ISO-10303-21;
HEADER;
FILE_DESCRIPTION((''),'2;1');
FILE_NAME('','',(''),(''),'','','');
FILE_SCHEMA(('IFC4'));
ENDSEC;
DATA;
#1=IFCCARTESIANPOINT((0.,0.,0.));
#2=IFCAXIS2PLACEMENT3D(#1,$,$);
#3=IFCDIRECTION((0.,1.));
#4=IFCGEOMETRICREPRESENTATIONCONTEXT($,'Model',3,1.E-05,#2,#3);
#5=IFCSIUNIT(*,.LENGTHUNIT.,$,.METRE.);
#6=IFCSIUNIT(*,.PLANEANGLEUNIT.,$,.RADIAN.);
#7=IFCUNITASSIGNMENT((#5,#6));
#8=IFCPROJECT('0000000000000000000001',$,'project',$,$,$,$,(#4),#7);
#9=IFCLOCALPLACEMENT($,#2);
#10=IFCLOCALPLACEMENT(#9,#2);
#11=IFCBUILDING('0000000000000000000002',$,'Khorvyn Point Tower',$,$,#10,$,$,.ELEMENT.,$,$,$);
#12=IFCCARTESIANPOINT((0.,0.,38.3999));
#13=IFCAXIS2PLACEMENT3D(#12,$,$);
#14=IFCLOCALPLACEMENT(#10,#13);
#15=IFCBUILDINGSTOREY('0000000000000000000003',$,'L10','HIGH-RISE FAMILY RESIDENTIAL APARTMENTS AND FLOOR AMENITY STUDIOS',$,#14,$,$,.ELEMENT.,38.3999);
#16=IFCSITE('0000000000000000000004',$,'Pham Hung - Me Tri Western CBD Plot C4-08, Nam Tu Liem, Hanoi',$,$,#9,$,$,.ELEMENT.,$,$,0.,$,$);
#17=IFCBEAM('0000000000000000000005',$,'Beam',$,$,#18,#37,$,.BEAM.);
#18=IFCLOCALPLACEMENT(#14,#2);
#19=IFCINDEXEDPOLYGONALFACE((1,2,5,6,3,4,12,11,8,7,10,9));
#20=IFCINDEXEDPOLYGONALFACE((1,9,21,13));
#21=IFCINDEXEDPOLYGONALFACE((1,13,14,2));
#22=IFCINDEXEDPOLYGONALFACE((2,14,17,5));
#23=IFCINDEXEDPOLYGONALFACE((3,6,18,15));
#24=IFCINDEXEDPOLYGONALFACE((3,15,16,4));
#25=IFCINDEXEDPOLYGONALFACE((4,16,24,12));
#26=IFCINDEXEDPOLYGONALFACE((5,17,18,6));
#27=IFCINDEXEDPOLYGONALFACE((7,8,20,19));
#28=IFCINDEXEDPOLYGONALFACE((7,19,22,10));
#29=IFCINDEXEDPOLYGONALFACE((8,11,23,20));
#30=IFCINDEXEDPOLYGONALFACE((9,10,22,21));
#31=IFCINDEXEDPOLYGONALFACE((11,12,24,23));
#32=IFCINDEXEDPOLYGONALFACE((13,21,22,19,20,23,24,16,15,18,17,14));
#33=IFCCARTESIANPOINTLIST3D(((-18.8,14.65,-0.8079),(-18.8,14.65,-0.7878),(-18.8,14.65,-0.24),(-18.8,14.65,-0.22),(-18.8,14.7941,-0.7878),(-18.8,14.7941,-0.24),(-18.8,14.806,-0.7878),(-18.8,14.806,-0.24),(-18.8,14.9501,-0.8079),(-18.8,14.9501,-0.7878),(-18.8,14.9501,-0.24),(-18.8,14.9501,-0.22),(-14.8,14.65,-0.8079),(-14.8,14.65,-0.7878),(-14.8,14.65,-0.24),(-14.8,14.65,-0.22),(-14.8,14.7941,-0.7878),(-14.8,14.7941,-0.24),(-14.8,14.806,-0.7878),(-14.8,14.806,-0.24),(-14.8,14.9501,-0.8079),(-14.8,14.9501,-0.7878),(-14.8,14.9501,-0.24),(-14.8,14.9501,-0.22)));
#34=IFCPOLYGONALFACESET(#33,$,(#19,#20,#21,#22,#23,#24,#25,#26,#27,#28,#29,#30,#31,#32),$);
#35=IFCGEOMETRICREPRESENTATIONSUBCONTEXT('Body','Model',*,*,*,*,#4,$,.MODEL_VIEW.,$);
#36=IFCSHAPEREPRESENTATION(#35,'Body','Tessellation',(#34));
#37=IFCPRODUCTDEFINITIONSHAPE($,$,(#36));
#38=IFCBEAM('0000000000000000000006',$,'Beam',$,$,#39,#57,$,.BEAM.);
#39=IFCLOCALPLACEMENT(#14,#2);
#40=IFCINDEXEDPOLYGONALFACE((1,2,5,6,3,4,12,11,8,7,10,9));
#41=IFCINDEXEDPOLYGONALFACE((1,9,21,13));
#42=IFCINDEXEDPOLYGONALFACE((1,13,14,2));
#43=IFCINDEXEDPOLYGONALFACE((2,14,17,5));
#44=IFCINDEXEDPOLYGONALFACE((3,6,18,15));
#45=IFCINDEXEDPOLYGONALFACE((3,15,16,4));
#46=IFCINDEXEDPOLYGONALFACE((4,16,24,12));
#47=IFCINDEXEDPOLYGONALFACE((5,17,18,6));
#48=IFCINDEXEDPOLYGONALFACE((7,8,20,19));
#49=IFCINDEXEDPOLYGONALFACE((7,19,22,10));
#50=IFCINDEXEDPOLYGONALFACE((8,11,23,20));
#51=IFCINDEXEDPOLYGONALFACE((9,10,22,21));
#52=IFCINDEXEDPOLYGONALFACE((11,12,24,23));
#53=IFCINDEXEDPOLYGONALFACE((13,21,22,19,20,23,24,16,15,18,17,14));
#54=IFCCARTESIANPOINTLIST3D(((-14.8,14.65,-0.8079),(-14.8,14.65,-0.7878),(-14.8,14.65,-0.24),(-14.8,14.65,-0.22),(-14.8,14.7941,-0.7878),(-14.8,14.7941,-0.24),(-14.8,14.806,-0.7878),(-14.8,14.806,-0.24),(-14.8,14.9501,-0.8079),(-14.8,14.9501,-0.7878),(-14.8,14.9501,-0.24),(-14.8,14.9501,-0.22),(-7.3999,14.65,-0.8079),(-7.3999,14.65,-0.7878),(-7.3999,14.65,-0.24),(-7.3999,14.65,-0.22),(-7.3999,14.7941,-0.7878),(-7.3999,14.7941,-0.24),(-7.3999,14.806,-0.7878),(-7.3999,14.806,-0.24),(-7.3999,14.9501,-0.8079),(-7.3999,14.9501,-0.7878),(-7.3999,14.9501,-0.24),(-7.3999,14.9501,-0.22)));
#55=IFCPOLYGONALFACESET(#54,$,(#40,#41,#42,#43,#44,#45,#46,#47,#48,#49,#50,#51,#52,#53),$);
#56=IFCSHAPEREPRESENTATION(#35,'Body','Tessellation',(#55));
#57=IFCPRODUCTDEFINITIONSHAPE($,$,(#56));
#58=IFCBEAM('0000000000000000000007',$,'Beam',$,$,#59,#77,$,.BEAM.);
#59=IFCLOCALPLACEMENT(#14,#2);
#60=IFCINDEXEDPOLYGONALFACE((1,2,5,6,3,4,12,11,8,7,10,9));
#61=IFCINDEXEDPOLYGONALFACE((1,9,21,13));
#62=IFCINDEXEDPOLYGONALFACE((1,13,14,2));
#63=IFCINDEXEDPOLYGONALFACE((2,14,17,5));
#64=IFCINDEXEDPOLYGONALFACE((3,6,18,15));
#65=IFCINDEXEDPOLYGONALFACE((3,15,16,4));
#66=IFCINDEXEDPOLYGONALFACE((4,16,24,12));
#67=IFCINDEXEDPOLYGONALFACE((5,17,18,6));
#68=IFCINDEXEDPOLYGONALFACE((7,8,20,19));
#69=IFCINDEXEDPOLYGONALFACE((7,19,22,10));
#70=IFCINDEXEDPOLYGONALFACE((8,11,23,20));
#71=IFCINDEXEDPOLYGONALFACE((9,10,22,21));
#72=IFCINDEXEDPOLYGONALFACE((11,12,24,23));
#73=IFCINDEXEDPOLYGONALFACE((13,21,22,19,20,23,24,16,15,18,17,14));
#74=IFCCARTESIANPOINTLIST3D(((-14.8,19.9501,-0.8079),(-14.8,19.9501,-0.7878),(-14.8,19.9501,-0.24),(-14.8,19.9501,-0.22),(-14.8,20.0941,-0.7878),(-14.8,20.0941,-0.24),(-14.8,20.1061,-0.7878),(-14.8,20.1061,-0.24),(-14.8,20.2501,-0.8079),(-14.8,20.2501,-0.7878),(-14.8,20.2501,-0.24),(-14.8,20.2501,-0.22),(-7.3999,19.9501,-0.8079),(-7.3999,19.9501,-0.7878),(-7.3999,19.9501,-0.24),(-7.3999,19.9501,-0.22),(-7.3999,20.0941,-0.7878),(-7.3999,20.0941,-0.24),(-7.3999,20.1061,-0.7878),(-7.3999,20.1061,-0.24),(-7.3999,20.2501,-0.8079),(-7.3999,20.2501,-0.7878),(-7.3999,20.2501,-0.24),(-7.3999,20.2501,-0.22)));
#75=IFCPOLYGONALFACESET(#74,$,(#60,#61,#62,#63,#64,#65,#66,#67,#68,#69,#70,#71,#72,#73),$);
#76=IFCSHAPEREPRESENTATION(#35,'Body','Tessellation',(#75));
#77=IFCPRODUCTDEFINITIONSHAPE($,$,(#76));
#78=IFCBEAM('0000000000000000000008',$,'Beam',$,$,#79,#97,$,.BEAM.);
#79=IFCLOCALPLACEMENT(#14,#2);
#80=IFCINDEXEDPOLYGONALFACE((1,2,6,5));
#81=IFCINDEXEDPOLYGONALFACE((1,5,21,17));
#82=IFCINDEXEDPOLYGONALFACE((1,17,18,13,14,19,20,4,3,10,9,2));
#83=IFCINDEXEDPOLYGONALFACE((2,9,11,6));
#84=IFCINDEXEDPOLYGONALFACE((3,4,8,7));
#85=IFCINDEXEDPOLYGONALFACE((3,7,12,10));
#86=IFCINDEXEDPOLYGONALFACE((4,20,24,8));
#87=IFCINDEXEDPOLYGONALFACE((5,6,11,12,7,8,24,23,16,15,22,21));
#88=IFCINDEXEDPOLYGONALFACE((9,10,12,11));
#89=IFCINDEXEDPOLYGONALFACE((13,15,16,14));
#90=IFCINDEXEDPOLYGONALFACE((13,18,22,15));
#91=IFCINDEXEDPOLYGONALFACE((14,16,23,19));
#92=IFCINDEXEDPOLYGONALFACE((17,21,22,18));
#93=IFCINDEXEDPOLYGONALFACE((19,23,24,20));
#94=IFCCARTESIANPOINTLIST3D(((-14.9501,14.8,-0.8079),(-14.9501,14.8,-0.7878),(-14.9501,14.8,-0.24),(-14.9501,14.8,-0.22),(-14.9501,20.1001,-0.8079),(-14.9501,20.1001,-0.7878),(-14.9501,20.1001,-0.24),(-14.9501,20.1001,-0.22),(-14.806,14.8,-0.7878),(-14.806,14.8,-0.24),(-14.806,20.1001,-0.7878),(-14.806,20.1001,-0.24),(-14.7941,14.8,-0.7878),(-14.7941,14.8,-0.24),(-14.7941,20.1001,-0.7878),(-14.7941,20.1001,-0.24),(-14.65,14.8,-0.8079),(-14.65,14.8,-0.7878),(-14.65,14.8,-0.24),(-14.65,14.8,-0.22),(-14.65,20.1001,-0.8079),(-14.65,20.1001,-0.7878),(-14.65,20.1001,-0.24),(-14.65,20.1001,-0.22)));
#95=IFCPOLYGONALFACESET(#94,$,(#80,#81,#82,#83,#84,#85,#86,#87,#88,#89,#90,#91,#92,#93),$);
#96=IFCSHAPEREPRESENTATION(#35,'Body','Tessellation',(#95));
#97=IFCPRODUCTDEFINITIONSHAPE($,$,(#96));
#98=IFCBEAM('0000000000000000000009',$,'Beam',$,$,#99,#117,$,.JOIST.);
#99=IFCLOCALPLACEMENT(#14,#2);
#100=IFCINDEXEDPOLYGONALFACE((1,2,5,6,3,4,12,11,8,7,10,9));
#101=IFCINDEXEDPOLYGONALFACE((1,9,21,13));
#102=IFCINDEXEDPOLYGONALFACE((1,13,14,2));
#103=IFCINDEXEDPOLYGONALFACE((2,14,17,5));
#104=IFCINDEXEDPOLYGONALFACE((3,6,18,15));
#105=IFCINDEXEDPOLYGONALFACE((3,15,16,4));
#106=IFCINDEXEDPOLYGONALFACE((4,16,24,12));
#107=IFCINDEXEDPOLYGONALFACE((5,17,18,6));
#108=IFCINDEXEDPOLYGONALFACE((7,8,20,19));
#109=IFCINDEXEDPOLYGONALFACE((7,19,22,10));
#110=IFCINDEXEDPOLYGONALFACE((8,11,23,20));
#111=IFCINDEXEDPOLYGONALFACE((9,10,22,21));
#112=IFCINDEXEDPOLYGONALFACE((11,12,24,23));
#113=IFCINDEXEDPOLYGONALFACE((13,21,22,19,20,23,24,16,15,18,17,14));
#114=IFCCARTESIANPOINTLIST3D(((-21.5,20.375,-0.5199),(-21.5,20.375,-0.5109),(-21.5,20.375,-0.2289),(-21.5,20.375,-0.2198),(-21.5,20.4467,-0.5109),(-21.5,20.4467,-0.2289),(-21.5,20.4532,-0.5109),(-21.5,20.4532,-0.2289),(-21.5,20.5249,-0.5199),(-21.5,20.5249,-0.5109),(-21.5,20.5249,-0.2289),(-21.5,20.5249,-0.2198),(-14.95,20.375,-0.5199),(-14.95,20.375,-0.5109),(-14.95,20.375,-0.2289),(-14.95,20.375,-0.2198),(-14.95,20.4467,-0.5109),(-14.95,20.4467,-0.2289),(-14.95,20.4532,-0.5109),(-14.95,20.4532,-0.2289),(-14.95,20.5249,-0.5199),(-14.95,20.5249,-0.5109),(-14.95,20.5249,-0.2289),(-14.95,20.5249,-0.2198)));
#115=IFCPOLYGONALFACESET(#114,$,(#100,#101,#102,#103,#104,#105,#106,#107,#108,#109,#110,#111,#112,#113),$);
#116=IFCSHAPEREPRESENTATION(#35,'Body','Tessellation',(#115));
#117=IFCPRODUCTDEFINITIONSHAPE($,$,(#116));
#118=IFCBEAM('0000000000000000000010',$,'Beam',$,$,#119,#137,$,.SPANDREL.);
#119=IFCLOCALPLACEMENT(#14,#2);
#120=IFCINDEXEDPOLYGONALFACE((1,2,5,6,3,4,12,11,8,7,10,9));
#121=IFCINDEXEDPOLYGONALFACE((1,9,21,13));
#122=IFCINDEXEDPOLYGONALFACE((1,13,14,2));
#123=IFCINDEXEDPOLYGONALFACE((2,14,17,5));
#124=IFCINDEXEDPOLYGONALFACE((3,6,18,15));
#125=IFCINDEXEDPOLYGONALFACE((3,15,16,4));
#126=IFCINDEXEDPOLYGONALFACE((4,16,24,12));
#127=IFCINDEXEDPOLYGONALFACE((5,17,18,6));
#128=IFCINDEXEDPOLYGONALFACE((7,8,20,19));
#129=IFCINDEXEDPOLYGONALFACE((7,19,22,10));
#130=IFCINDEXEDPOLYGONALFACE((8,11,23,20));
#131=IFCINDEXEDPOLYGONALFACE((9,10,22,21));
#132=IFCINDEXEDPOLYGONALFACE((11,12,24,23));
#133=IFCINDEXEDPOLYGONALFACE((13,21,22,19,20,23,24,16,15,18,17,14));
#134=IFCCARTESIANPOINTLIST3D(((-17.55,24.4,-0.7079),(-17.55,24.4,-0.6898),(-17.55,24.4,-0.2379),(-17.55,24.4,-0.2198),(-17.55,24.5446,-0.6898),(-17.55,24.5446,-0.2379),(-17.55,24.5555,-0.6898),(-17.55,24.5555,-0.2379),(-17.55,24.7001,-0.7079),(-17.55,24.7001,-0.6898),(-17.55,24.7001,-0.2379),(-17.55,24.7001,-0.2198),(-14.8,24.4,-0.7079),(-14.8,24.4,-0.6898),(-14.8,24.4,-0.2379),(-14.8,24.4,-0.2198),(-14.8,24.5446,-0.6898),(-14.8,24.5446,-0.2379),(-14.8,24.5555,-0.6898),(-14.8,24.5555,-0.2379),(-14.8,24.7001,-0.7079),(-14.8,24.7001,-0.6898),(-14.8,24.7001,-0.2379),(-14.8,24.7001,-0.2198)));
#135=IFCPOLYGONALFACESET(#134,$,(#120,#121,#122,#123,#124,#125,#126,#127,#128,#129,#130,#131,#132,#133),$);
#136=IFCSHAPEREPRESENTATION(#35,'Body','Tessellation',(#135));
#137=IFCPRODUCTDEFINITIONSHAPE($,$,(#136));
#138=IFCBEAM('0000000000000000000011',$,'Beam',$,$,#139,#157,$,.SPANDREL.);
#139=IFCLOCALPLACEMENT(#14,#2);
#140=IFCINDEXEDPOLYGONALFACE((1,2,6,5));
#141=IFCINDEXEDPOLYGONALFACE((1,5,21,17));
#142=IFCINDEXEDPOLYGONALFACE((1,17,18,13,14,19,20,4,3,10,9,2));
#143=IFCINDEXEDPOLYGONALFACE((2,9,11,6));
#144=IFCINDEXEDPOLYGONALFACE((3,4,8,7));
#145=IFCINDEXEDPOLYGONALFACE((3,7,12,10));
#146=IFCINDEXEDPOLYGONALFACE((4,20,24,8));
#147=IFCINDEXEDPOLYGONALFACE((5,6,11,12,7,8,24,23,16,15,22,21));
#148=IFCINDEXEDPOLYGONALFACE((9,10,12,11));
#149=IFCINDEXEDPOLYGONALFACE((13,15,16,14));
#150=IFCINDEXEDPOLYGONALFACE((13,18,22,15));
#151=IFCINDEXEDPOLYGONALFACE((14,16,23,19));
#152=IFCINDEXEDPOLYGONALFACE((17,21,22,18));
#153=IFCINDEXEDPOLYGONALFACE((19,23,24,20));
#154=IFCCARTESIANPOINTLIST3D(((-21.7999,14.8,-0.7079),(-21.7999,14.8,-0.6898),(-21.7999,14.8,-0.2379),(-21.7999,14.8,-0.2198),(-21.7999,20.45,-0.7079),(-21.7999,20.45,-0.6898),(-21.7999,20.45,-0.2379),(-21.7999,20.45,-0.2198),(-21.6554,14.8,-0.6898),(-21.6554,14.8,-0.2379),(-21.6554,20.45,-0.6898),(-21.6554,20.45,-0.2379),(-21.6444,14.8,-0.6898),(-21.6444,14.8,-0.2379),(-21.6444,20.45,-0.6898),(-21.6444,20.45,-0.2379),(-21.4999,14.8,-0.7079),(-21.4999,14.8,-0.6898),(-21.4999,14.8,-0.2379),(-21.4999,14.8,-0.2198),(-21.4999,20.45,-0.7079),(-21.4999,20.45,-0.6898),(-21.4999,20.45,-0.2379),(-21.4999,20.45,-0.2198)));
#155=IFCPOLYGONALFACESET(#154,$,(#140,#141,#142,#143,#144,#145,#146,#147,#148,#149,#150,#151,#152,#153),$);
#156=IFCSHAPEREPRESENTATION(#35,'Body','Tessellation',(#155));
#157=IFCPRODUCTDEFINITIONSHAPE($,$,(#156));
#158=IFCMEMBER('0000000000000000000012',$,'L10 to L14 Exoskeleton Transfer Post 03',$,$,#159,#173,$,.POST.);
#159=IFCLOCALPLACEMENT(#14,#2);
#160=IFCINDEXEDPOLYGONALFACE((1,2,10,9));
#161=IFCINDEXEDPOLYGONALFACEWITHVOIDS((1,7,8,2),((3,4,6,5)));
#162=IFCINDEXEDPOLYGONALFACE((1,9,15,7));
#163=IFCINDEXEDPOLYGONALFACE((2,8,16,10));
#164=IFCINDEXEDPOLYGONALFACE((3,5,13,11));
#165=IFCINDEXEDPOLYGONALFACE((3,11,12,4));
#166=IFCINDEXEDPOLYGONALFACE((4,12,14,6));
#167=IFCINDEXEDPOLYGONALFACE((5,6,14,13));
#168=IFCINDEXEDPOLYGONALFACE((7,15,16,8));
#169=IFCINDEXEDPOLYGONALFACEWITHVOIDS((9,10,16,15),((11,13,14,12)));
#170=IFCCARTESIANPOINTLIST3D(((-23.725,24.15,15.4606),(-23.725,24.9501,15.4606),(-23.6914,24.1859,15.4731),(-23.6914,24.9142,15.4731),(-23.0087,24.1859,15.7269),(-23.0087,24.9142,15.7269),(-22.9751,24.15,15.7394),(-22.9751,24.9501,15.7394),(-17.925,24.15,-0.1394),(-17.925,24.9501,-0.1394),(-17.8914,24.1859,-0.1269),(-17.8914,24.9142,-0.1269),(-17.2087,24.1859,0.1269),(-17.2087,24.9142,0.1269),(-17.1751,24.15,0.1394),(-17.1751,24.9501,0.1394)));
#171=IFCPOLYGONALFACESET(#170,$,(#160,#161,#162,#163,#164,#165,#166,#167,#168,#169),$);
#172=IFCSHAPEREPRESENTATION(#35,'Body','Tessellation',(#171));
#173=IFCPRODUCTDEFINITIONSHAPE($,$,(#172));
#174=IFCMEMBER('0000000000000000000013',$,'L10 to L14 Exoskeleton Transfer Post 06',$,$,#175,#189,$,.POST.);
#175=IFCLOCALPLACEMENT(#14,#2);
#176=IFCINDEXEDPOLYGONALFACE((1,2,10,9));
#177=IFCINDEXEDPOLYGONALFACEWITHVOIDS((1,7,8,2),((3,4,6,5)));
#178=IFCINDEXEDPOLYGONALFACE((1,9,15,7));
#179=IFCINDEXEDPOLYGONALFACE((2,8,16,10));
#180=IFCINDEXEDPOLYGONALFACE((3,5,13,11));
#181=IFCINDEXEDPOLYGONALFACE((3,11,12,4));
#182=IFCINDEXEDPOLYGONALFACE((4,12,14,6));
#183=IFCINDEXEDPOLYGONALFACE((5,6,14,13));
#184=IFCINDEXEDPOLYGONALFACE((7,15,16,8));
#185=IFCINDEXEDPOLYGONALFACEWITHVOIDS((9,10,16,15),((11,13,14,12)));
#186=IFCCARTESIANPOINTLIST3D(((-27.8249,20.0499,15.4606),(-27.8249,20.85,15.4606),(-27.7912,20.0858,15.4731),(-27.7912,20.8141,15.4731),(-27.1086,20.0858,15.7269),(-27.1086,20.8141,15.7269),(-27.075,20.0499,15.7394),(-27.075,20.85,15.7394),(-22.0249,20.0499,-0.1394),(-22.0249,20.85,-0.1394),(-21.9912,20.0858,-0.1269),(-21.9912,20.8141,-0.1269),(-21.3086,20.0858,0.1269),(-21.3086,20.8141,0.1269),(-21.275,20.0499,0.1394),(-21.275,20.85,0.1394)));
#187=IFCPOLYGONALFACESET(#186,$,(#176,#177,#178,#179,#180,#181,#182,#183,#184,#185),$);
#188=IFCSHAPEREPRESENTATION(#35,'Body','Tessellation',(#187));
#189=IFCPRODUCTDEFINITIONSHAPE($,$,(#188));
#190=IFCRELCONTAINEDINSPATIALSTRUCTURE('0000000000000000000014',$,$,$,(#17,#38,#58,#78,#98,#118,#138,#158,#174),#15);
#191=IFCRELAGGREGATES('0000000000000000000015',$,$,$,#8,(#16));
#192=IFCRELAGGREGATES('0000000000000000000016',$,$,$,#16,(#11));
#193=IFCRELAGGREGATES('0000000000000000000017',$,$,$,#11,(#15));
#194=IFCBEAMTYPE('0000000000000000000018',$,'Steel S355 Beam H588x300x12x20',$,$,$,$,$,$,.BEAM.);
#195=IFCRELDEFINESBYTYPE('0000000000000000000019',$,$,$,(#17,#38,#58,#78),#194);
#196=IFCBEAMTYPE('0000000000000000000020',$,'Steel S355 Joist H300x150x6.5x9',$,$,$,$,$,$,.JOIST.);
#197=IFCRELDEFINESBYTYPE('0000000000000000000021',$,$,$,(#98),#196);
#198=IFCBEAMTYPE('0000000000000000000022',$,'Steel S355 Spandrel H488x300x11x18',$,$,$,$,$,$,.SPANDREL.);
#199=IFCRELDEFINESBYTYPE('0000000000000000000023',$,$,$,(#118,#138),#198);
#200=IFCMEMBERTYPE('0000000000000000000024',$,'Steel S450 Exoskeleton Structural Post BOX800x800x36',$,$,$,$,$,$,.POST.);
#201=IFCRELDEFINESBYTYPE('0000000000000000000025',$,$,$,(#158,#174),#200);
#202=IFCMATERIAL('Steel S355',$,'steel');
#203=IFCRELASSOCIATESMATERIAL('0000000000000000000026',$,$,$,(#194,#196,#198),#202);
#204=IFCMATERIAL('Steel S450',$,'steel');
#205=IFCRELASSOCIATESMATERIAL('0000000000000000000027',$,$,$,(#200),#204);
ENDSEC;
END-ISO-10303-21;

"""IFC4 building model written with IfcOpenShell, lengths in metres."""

from ifc_helpers import new_model, si_unit, direction, frame, origin, origin_2d, place, context, subcontext, project, spatial, hollow_rectangle, i_section, extrude, material, material_profile, profile_set, type_object, element, save


model = new_model("IFC4")

# Units and contexts
model_context = context("Model", 3, precision=1e-05, world=origin(), true_north=direction((0.0, 1.0)))
body_context = subcontext(model_context, "Body", "Model", "MODEL_VIEW")
ifc_project = project(units=[si_unit("LENGTHUNIT", "METRE"), si_unit("PLANEANGLEUNIT", "RADIAN")], contexts=[model_context])

# Site, building, storey
site_placement = place(None, origin())
site = spatial("IfcSite", under=ifc_project, at=site_placement, Name="Pham Hung - Me Tri Western CBD Plot C4-08, Nam Tu Liem, Hanoi", CompositionType="ELEMENT", RefElevation=0.0)
building_placement = place(site_placement, origin())
building = spatial("IfcBuilding", under=site, at=building_placement, Name="Khorvyn Point Tower", CompositionType="ELEMENT")
storey_placement = place(building_placement, frame((0.0, 0.0, 38.3999)))
storey = spatial("IfcBuildingStorey", under=building, at=storey_placement, Name="L10", Description="HIGH-RISE FAMILY RESIDENTIAL APARTMENTS AND FLOOR AMENITY STUDIOS", CompositionType="ELEMENT", Elevation=38.3999)

# Shared definitions
ifc_material_1 = material(Name="Steel S450", Category="steel")

# Beams
ifc_material_2 = material(Name="Steel S355", Category="steel")
ifc_material_profile_1 = material_profile(ifc_material_2, i_section(OverallWidth=0.3, OverallDepth=0.5879, WebThickness=0.012, FlangeThickness=0.02, at=origin_2d()))
ifc_profile_set_1 = profile_set([ifc_material_profile_1], Name="Steel S355 H588x300x12x20")
beam_type_1 = type_object("IfcBeamType", Name="Steel S355 Beam H588x300x12x20", PredefinedType="BEAM", material=ifc_profile_set_1)
beam_1_placement = place(storey_placement, frame((-18.8, 14.8, -0.5139), z_axis=(1.0, 0.0, 0.0), x_axis=(0.0, 1.0, 0.0)))
element("IfcBeam", 1, at=beam_1_placement, inside=storey, type_object=beam_type_1, Name="Beam", PredefinedType="BEAM", context=body_context, shape_type="SweptSolid", body=[
    extrude(i_section(OverallWidth=0.3, OverallDepth=0.5879, WebThickness=0.012, FlangeThickness=0.02, at=origin_2d()), origin(), (0.0, 0.0, 1.0), 4.0),
])
for number, where, z_axis, x_axis, name in (
    (2, (-14.8, 14.8, -0.5139), (1.0, 0.0, 0.0), (0.0, 1.0, 0.0), "Beam"),
    (3, (-14.8, 20.1001, -0.5139), (1.0, 0.0, 0.0), (0.0, 1.0, 0.0), "Beam"),
):
    element("IfcBeam", number, at=place(storey_placement, frame(where, z_axis=z_axis, x_axis=x_axis)), inside=storey, type_object=beam_type_1, Name=name, PredefinedType="BEAM", context=body_context, shape_type="SweptSolid", body=[
        extrude(i_section(OverallWidth=0.3, OverallDepth=0.5879, WebThickness=0.012, FlangeThickness=0.02, at=origin_2d()), origin(), (0.0, 0.0, 1.0), 7.4001),
    ])
beam_2_placement = place(storey_placement, frame((-14.8, 14.8, -0.5139), z_axis=(0.0, 1.0, 0.0), x_axis=(-1.0, 0.0, 0.0)))
element("IfcBeam", 4, at=beam_2_placement, inside=storey, type_object=beam_type_1, Name="Beam", PredefinedType="BEAM", context=body_context, shape_type="SweptSolid", body=[
    extrude(i_section(OverallWidth=0.3, OverallDepth=0.5879, WebThickness=0.012, FlangeThickness=0.02, at=origin_2d()), origin(), (0.0, 0.0, 1.0), 5.3),
])
ifc_material_profile_2 = material_profile(ifc_material_2, i_section(OverallWidth=0.1499, OverallDepth=0.3, WebThickness=0.0066, FlangeThickness=0.009, at=origin_2d()))
ifc_profile_set_2 = profile_set([ifc_material_profile_2], Name="Steel S355 H300x150x6.5x9")
beam_type_2 = type_object("IfcBeamType", Name="Steel S355 Joist H300x150x6.5x9", PredefinedType="JOIST", material=ifc_profile_set_2)
beam_3_placement = place(storey_placement, frame((-21.5, 20.45, -0.3699), z_axis=(1.0, 0.0, 0.0), x_axis=(0.0, 1.0, 0.0)))
element("IfcBeam", 5, at=beam_3_placement, inside=storey, type_object=beam_type_2, Name="Beam", PredefinedType="JOIST", context=body_context, shape_type="SweptSolid", body=[
    extrude(i_section(OverallWidth=0.1499, OverallDepth=0.3, WebThickness=0.0066, FlangeThickness=0.009, at=origin_2d()), origin(), (0.0, 0.0, 1.0), 6.55),
])
ifc_material_profile_3 = material_profile(ifc_material_2, i_section(OverallWidth=0.3, OverallDepth=0.488, WebThickness=0.011, FlangeThickness=0.0181, at=origin_2d()))
ifc_profile_set_3 = profile_set([ifc_material_profile_3], Name="Steel S355 H488x300x11x18")
beam_type_3 = type_object("IfcBeamType", Name="Steel S355 Spandrel H488x300x11x18", PredefinedType="SPANDREL", material=ifc_profile_set_3)
beam_4_placement = place(storey_placement, frame((-17.55, 24.55, -0.4639), z_axis=(1.0, 0.0, 0.0), x_axis=(0.0, 1.0, 0.0)))
element("IfcBeam", 6, at=beam_4_placement, inside=storey, type_object=beam_type_3, Name="Beam", PredefinedType="SPANDREL", context=body_context, shape_type="SweptSolid", body=[
    extrude(i_section(OverallWidth=0.3, OverallDepth=0.488, WebThickness=0.011, FlangeThickness=0.0181, at=origin_2d()), origin(), (0.0, 0.0, 1.0), 2.75),
])
beam_5_placement = place(storey_placement, frame((-21.6499, 14.8, -0.4639), z_axis=(0.0, 1.0, 0.0), x_axis=(-1.0, 0.0, 0.0)))
element("IfcBeam", 7, at=beam_5_placement, inside=storey, type_object=beam_type_3, Name="Beam", PredefinedType="SPANDREL", context=body_context, shape_type="SweptSolid", body=[
    extrude(i_section(OverallWidth=0.3, OverallDepth=0.488, WebThickness=0.011, FlangeThickness=0.0181, at=origin_2d()), origin(), (0.0, 0.0, 1.0), 5.6499),
])

# Members
ifc_material_profile_4 = material_profile(ifc_material_1, hollow_rectangle(XDim=0.8, YDim=0.8, WallThickness=0.0359, at=origin_2d()))
ifc_profile_set_4 = profile_set([ifc_material_profile_4], Name="Steel S450 BOX800x800x36")
member_type_1 = type_object("IfcMemberType", Name="Steel S450 Exoskeleton Structural Post BOX800x800x36", PredefinedType="POST", material=ifc_profile_set_4)
for number, where, z_axis, x_axis, name in (
    (8, (-17.55, 24.55, 0.0), (-0.348489, 0.0, 0.937313), (0.0, -1.0, 0.0), "L10 to L14 Exoskeleton Transfer Post 03"),
    (9, (-21.6499, 20.45, 0.0), (-0.348489, 0.0, 0.937313), (0.0, -1.0, 0.0), "L10 to L14 Exoskeleton Transfer Post 06"),
):
    element("IfcMember", number, at=place(storey_placement, frame(where, z_axis=z_axis, x_axis=x_axis)), inside=storey, type_object=member_type_1, Name=name, PredefinedType="POST", context=body_context, shape_type="SweptSolid", body=[
        extrude(hollow_rectangle(XDim=0.8, YDim=0.8, WallThickness=0.0359, at=origin_2d()), origin(), (0.0, 0.0, 1.0), 16.6433),
    ])

save(model, "model.ifc")
